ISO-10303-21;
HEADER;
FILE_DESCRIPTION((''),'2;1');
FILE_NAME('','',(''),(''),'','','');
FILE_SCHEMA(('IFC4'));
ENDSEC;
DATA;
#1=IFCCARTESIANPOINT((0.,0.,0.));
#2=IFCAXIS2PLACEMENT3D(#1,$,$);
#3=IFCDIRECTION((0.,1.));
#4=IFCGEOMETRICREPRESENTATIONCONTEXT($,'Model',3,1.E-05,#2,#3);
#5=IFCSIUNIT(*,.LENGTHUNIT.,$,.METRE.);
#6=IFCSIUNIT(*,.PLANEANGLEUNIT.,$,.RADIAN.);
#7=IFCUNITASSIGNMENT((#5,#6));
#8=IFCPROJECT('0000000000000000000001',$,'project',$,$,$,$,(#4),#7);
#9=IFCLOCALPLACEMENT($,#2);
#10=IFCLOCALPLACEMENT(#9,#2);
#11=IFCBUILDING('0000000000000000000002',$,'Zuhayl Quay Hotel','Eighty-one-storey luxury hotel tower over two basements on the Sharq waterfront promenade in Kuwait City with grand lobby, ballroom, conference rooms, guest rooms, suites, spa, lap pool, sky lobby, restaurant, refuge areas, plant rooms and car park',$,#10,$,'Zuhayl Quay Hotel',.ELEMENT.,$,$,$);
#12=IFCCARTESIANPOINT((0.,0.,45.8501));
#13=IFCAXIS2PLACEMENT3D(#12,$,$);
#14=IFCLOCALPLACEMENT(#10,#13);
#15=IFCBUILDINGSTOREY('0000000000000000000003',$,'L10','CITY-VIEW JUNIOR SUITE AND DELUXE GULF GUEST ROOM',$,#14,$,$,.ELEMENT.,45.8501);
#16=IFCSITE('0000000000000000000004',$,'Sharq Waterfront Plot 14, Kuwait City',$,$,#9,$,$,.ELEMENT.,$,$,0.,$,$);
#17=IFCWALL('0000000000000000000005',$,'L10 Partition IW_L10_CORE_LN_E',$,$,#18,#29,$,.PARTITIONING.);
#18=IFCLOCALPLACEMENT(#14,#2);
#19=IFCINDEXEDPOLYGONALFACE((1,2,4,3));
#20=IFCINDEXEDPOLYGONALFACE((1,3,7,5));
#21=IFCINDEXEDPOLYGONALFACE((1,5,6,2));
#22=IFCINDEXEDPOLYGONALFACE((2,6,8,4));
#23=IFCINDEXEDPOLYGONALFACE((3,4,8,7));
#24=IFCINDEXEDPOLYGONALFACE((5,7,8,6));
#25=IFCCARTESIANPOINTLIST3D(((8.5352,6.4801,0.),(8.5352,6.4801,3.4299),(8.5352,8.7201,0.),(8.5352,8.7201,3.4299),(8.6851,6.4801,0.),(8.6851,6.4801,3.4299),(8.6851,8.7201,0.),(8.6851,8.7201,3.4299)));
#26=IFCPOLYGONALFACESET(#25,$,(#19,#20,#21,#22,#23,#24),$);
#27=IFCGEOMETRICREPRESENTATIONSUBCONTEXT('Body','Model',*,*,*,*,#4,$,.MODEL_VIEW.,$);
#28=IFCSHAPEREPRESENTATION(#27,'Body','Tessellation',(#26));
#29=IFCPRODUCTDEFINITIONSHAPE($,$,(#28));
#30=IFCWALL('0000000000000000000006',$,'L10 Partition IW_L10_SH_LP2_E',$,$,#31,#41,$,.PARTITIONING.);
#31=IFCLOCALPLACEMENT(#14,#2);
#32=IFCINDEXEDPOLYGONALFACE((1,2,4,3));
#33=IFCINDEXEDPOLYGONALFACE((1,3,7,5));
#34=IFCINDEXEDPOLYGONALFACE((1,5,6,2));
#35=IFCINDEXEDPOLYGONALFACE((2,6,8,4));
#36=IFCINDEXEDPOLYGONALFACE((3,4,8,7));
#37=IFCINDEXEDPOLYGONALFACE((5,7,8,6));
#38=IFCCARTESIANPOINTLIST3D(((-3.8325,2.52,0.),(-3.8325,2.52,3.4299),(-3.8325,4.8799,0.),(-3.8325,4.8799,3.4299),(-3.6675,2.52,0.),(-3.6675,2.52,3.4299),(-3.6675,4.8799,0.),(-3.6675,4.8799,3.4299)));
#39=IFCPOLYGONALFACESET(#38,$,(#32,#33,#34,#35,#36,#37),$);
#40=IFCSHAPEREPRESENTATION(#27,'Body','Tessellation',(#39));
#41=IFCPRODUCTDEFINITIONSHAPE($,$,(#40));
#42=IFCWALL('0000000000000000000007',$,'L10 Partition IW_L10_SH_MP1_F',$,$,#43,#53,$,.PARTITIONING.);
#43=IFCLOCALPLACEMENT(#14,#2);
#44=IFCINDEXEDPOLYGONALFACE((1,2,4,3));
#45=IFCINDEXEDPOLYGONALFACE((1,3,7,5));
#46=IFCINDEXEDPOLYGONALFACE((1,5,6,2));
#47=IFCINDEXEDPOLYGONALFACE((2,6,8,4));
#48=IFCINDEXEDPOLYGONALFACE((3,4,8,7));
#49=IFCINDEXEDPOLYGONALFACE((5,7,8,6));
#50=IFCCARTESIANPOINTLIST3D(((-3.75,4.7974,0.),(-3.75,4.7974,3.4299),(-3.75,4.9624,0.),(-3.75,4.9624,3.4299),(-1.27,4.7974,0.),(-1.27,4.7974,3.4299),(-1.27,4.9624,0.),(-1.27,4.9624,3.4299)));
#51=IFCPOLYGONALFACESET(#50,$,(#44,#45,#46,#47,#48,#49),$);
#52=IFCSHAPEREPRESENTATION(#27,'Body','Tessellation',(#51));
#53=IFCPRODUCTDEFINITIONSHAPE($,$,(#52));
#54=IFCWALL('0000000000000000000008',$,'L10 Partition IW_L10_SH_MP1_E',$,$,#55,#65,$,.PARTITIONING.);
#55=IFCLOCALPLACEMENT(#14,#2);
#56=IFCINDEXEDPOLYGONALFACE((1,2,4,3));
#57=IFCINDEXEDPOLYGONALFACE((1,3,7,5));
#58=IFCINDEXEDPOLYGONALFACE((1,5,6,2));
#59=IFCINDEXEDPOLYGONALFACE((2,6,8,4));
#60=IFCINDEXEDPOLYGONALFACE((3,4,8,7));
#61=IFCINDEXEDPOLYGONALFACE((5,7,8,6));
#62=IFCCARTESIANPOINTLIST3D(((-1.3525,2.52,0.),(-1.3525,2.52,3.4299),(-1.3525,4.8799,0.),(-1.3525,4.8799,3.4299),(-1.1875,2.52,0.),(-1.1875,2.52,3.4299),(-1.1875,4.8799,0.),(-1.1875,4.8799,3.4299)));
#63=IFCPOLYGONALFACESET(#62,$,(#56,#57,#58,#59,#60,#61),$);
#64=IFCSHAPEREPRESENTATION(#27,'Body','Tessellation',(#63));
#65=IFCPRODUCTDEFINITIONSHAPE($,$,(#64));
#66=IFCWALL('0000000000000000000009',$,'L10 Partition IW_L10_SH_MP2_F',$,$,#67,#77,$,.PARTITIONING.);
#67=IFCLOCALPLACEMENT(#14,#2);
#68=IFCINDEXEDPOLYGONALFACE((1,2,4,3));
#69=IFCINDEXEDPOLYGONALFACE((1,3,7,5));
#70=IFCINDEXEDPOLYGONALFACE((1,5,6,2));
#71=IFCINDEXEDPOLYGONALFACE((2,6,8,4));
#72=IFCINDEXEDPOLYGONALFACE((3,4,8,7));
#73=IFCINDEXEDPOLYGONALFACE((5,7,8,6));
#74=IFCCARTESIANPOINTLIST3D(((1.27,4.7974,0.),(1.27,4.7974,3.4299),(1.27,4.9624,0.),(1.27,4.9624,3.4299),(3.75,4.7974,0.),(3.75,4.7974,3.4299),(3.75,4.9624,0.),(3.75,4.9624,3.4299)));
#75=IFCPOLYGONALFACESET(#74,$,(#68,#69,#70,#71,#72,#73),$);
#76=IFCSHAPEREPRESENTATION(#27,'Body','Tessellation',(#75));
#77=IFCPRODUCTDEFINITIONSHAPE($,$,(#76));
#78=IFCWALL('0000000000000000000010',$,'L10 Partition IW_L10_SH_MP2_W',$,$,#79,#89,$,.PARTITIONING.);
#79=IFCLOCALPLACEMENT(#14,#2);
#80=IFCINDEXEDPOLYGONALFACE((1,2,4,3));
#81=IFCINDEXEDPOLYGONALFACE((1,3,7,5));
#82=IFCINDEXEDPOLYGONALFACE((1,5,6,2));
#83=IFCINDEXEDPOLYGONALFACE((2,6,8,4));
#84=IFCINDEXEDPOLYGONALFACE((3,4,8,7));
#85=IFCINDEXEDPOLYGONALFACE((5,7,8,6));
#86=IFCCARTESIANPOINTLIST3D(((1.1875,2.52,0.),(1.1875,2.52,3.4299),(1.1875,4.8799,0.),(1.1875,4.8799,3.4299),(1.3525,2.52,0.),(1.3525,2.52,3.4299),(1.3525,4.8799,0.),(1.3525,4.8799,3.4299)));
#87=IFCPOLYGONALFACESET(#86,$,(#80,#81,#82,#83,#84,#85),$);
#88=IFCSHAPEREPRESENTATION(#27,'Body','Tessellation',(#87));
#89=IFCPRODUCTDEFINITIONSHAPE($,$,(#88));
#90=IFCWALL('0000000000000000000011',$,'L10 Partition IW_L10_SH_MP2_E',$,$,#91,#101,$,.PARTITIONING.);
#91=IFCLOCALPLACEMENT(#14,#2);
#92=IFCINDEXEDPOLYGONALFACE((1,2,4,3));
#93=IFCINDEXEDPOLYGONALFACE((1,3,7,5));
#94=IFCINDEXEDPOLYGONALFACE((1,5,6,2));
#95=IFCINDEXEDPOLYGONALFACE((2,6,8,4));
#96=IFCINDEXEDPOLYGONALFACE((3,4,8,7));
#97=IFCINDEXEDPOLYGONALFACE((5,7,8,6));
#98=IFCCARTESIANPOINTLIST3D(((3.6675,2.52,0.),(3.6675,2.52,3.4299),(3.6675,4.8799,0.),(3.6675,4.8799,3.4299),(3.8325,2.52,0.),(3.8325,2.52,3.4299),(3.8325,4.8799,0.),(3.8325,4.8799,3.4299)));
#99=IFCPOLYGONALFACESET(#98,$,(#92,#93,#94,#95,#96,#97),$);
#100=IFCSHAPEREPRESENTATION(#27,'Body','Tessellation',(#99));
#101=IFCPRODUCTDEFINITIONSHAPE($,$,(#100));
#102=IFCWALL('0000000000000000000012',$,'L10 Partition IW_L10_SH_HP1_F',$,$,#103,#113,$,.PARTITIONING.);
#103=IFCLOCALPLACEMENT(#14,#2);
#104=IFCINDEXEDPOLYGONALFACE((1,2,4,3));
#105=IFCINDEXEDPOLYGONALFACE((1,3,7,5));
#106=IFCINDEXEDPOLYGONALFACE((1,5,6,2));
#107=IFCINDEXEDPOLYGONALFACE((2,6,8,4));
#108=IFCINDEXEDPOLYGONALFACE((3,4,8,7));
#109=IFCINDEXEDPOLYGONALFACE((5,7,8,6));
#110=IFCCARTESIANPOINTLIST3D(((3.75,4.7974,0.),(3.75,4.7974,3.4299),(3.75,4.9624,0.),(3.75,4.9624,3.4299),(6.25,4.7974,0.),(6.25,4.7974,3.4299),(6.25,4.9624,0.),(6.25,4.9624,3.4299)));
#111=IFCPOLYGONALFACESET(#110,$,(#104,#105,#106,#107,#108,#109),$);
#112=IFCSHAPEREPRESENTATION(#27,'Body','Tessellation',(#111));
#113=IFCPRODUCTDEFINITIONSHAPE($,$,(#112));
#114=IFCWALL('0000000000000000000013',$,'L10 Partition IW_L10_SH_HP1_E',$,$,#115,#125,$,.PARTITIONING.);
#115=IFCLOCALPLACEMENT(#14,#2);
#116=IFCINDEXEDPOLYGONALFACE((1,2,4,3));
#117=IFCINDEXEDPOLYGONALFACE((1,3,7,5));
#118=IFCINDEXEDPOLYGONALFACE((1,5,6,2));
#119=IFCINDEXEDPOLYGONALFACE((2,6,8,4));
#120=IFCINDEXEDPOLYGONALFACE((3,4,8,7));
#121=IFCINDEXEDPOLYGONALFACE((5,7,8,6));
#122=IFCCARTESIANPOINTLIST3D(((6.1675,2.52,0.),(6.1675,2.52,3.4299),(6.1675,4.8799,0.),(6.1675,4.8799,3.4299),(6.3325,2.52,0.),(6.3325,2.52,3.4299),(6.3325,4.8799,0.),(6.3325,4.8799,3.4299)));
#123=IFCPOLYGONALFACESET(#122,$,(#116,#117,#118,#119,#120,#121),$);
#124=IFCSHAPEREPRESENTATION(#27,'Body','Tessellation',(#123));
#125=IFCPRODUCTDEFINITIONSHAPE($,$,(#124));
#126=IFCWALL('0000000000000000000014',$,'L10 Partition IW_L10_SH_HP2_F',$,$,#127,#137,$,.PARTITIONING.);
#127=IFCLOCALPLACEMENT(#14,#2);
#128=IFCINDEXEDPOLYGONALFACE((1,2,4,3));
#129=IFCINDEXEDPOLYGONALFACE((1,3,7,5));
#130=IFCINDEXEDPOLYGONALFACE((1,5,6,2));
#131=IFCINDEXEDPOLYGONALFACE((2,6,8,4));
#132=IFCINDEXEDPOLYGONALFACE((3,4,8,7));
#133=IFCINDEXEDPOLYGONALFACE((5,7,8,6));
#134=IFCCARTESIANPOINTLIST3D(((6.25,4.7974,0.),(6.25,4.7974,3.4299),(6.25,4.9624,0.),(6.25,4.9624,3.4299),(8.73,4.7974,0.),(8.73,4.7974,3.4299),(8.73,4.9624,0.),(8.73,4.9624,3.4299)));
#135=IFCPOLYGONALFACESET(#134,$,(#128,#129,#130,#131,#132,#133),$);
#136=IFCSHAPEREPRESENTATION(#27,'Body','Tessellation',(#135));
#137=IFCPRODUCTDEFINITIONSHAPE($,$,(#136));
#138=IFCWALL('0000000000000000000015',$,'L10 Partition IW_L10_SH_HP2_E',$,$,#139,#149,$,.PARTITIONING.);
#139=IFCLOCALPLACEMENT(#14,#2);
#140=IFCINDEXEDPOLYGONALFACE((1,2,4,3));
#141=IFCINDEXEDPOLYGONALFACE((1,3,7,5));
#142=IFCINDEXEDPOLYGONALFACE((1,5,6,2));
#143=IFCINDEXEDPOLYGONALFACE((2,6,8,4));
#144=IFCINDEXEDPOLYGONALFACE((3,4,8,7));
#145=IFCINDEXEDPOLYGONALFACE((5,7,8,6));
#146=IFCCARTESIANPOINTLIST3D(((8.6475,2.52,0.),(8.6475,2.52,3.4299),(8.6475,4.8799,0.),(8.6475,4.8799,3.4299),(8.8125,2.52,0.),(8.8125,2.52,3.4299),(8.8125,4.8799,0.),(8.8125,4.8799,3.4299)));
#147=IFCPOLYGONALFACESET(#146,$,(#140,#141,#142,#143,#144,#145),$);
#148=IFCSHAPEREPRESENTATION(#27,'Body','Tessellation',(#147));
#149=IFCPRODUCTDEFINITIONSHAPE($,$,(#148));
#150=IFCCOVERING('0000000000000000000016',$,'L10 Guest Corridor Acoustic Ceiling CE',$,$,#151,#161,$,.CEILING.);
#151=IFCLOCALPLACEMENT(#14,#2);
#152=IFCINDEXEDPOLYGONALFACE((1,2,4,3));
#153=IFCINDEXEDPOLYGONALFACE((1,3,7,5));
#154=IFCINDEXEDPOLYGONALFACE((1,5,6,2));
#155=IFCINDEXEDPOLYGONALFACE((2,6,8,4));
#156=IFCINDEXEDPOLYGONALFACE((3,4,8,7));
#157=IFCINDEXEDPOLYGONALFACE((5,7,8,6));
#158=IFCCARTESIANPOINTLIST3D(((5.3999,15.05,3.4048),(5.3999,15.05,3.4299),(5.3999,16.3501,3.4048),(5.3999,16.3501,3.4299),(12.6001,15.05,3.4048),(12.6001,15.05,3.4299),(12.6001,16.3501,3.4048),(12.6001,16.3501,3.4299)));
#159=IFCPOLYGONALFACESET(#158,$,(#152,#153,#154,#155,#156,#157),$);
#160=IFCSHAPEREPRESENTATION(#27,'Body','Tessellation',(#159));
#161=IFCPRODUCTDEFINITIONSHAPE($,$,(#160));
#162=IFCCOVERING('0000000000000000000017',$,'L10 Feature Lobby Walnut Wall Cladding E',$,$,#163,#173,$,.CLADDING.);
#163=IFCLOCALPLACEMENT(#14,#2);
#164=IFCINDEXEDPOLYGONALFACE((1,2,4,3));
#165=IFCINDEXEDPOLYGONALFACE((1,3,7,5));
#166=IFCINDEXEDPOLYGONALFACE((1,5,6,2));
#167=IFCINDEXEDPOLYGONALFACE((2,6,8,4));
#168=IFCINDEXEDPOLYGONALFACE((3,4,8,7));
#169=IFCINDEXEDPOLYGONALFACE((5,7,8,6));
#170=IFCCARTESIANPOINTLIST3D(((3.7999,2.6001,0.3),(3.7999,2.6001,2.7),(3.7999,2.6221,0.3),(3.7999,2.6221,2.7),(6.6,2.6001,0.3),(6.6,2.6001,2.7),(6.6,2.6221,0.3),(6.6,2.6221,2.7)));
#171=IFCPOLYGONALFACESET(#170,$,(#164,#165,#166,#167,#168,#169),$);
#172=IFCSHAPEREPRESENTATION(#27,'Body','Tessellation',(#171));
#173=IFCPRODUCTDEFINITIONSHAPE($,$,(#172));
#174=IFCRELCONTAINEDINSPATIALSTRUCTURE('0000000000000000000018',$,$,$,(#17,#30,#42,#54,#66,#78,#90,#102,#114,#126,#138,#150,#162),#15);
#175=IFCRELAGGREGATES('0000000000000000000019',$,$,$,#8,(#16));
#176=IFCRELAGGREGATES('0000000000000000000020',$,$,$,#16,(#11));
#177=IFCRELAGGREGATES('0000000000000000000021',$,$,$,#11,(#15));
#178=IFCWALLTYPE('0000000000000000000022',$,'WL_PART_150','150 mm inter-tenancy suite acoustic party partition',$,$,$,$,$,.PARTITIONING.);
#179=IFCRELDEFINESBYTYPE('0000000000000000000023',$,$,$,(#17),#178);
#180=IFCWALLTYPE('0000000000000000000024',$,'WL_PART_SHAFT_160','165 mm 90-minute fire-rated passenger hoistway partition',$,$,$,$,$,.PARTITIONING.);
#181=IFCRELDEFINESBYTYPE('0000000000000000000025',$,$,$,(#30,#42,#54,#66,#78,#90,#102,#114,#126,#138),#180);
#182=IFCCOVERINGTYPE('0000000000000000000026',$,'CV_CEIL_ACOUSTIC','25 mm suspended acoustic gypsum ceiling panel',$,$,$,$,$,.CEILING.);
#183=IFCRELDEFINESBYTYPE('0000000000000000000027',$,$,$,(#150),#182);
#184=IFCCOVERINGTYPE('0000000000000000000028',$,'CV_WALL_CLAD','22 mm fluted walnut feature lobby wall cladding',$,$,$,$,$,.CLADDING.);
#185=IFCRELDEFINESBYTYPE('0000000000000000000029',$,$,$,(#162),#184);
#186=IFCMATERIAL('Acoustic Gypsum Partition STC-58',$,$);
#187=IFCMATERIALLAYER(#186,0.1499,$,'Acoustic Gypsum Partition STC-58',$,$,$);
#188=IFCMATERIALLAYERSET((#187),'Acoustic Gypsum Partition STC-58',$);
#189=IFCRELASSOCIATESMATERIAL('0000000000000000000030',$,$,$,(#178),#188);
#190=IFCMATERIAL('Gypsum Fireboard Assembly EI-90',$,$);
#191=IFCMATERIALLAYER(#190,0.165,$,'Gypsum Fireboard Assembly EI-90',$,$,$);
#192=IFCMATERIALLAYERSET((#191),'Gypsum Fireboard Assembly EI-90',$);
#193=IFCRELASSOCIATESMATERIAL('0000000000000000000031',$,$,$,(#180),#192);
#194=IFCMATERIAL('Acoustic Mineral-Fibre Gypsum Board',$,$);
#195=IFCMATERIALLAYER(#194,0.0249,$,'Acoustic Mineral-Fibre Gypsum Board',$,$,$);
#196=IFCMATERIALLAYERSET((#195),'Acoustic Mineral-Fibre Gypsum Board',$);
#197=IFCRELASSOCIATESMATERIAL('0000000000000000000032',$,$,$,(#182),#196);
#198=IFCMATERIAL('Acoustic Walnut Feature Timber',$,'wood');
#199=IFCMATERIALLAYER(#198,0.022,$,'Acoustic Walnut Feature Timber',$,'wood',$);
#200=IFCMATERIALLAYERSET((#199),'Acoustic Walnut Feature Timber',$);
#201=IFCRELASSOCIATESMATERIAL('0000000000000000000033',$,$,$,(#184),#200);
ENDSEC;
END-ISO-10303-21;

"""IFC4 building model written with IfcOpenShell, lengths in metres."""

from ifc_helpers import new_model, si_unit, direction, frame, frame_2d, origin, origin_2d, place, context, subcontext, project, spatial, polyline, rectangle, outline, extrude, material, layer, layer_set, type_object, element, save


model = new_model("IFC4")

# Units and contexts
model_context = context("Model", 3, precision=1e-05, world=origin(), true_north=direction((0.0, 1.0)))
body_context = subcontext(model_context, "Body", "Model", "MODEL_VIEW")
ifc_project = project(units=[si_unit("LENGTHUNIT", "METRE"), si_unit("PLANEANGLEUNIT", "RADIAN")], contexts=[model_context])

# Site, building, storey
site_placement = place(None, origin())
site = spatial("IfcSite", under=ifc_project, at=site_placement, Name="Sharq Waterfront Plot 14, Kuwait City", CompositionType="ELEMENT", RefElevation=0.0)
building_placement = place(site_placement, origin())
building = spatial("IfcBuilding", under=site, at=building_placement, Name="Zuhayl Quay Hotel", Description="Eighty-one-storey luxury hotel tower over two basements on the Sharq waterfront promenade in Kuwait City with grand lobby, ballroom, conference rooms, guest rooms, suites, spa, lap pool, sky lobby, restaurant, refuge areas, plant rooms and car park", LongName="Zuhayl Quay Hotel", CompositionType="ELEMENT")
storey_placement = place(building_placement, frame((0.0, 0.0, 45.8501)))
storey = spatial("IfcBuildingStorey", under=building, at=storey_placement, Name="L10", Description="CITY-VIEW JUNIOR SUITE AND DELUXE GULF GUEST ROOM", CompositionType="ELEMENT", Elevation=45.8501)

# Shared definitions
ifc_material_1 = material(Name="Acoustic Gypsum Partition STC-58")
ifc_layer_1 = layer(ifc_material_1, 0.1499, Name="Acoustic Gypsum Partition STC-58")
ifc_layer_set_1 = layer_set([ifc_layer_1], Name="Acoustic Gypsum Partition STC-58")
wall_type_1 = type_object("IfcWallType", Name="WL_PART_150", Description="150 mm inter-tenancy suite acoustic party partition", PredefinedType="PARTITIONING", material=ifc_layer_set_1)

# Walls
wall_1_placement = place(storey_placement, frame((8.6101, 6.48, 0.0), z_axis=(0.0, 0.0, 1.0), x_axis=(0.0, 1.0, 0.0)))
element("IfcWall", 1, at=wall_1_placement, inside=storey, type_object=wall_type_1, Name="L10 Partition IW_L10_CORE_LN_E", PredefinedType="PARTITIONING", context=body_context, shape_type="SweptSolid", body=[
    extrude(rectangle(XDim=2.24, YDim=0.1499, at=frame_2d((1.1201, 0.0))), origin(), (0.0, 0.0, 1.0), 3.4299),
])
ifc_material_2 = material(Name="Gypsum Fireboard Assembly EI-90")
ifc_layer_2 = layer(ifc_material_2, 0.165, Name="Gypsum Fireboard Assembly EI-90")
ifc_layer_set_2 = layer_set([ifc_layer_2], Name="Gypsum Fireboard Assembly EI-90")
wall_type_2 = type_object("IfcWallType", Name="WL_PART_SHAFT_160", Description="165 mm 90-minute fire-rated passenger hoistway partition", PredefinedType="PARTITIONING", material=ifc_layer_set_2)
wall_2_placement = place(storey_placement, frame((-3.75, 2.52, 0.0), z_axis=(0.0, 0.0, 1.0), x_axis=(0.0, 1.0, 0.0)))
element("IfcWall", 2, at=wall_2_placement, inside=storey, type_object=wall_type_2, Name="L10 Partition IW_L10_SH_LP2_E", PredefinedType="PARTITIONING", context=body_context, shape_type="SweptSolid", body=[
    extrude(rectangle(XDim=2.3599, YDim=0.165, at=frame_2d((1.1799, 0.0))), origin(), (0.0, 0.0, 1.0), 3.4299),
])
wall_3_placement = place(storey_placement, frame((-3.75, 4.8799, 0.0), z_axis=(0.0, 0.0, 1.0), x_axis=(1.0, 0.0, 0.0)))
element("IfcWall", 3, at=wall_3_placement, inside=storey, type_object=wall_type_2, Name="L10 Partition IW_L10_SH_MP1_F", PredefinedType="PARTITIONING", context=body_context, shape_type="SweptSolid", body=[
    extrude(rectangle(XDim=2.48, YDim=0.165, at=frame_2d((1.24, 0.0))), origin(), (0.0, 0.0, 1.0), 3.4299),
])
wall_4_placement = place(storey_placement, frame((-1.27, 2.52, 0.0), z_axis=(0.0, 0.0, 1.0), x_axis=(0.0, 1.0, 0.0)))
element("IfcWall", 4, at=wall_4_placement, inside=storey, type_object=wall_type_2, Name="L10 Partition IW_L10_SH_MP1_E", PredefinedType="PARTITIONING", context=body_context, shape_type="SweptSolid", body=[
    extrude(rectangle(XDim=2.3599, YDim=0.165, at=frame_2d((1.1799, 0.0))), origin(), (0.0, 0.0, 1.0), 3.4299),
])
wall_5_placement = place(storey_placement, frame((1.27, 4.8799, 0.0), z_axis=(0.0, 0.0, 1.0), x_axis=(1.0, 0.0, 0.0)))
element("IfcWall", 5, at=wall_5_placement, inside=storey, type_object=wall_type_2, Name="L10 Partition IW_L10_SH_MP2_F", PredefinedType="PARTITIONING", context=body_context, shape_type="SweptSolid", body=[
    extrude(rectangle(XDim=2.48, YDim=0.165, at=frame_2d((1.24, 0.0))), origin(), (0.0, 0.0, 1.0), 3.4299),
])
for number, where, z_axis, x_axis, name in (
    (6, (1.27, 2.52, 0.0), (0.0, 0.0, 1.0), (0.0, 1.0, 0.0), "L10 Partition IW_L10_SH_MP2_W"),
    (7, (3.75, 2.52, 0.0), (0.0, 0.0, 1.0), (0.0, 1.0, 0.0), "L10 Partition IW_L10_SH_MP2_E"),
):
    element("IfcWall", number, at=place(storey_placement, frame(where, z_axis=z_axis, x_axis=x_axis)), inside=storey, type_object=wall_type_2, Name=name, PredefinedType="PARTITIONING", context=body_context, shape_type="SweptSolid", body=[
        extrude(rectangle(XDim=2.3599, YDim=0.165, at=frame_2d((1.1799, 0.0))), origin(), (0.0, 0.0, 1.0), 3.4299),
    ])
wall_6_placement = place(storey_placement, frame((3.75, 4.8799, 0.0), z_axis=(0.0, 0.0, 1.0), x_axis=(1.0, 0.0, 0.0)))
element("IfcWall", 8, at=wall_6_placement, inside=storey, type_object=wall_type_2, Name="L10 Partition IW_L10_SH_HP1_F", PredefinedType="PARTITIONING", context=body_context, shape_type="SweptSolid", body=[
    extrude(rectangle(XDim=2.5, YDim=0.165, at=frame_2d((1.25, 0.0))), origin(), (0.0, 0.0, 1.0), 3.4299),
])
wall_7_placement = place(storey_placement, frame((6.25, 2.52, 0.0), z_axis=(0.0, 0.0, 1.0), x_axis=(0.0, 1.0, 0.0)))
element("IfcWall", 9, at=wall_7_placement, inside=storey, type_object=wall_type_2, Name="L10 Partition IW_L10_SH_HP1_E", PredefinedType="PARTITIONING", context=body_context, shape_type="SweptSolid", body=[
    extrude(rectangle(XDim=2.3599, YDim=0.165, at=frame_2d((1.1799, 0.0))), origin(), (0.0, 0.0, 1.0), 3.4299),
])
wall_8_placement = place(storey_placement, frame((6.25, 4.8799, 0.0), z_axis=(0.0, 0.0, 1.0), x_axis=(1.0, 0.0, 0.0)))
element("IfcWall", 10, at=wall_8_placement, inside=storey, type_object=wall_type_2, Name="L10 Partition IW_L10_SH_HP2_F", PredefinedType="PARTITIONING", context=body_context, shape_type="SweptSolid", body=[
    extrude(rectangle(XDim=2.48, YDim=0.165, at=frame_2d((1.24, 0.0))), origin(), (0.0, 0.0, 1.0), 3.4299),
])
wall_9_placement = place(storey_placement, frame((8.73, 2.52, 0.0), z_axis=(0.0, 0.0, 1.0), x_axis=(0.0, 1.0, 0.0)))
element("IfcWall", 11, at=wall_9_placement, inside=storey, type_object=wall_type_2, Name="L10 Partition IW_L10_SH_HP2_E", PredefinedType="PARTITIONING", context=body_context, shape_type="SweptSolid", body=[
    extrude(rectangle(XDim=2.3599, YDim=0.165, at=frame_2d((1.1799, 0.0))), origin(), (0.0, 0.0, 1.0), 3.4299),
])

# Coverings
ifc_material_3 = material(Name="Acoustic Mineral-Fibre Gypsum Board")
ifc_layer_3 = layer(ifc_material_3, 0.0249, Name="Acoustic Mineral-Fibre Gypsum Board")
ifc_layer_set_3 = layer_set([ifc_layer_3], Name="Acoustic Mineral-Fibre Gypsum Board")
covering_type_1 = type_object("IfcCoveringType", Name="CV_CEIL_ACOUSTIC", Description="25 mm suspended acoustic gypsum ceiling panel", PredefinedType="CEILING", material=ifc_layer_set_3)
covering_1_placement = place(storey_placement, frame((0.0, 0.0, 3.4048)))
element("IfcCovering", 12, at=covering_1_placement, inside=storey, type_object=covering_type_1, Name="L10 Guest Corridor Acoustic Ceiling CE", PredefinedType="CEILING", context=body_context, shape_type="SweptSolid", body=[
    extrude(outline(polyline([(5.3999, 15.05), (12.6001, 15.05), (12.6001, 16.3501), (5.3999, 16.3501), (5.3999, 15.05)])), origin(), (0.0, 0.0, 1.0), 0.0251),
])
ifc_material_4 = material(Name="Acoustic Walnut Feature Timber", Category="wood")
ifc_layer_4 = layer(ifc_material_4, 0.022, Name="Acoustic Walnut Feature Timber", Category="wood")
ifc_layer_set_4 = layer_set([ifc_layer_4], Name="Acoustic Walnut Feature Timber")
covering_type_2 = type_object("IfcCoveringType", Name="CV_WALL_CLAD", Description="22 mm fluted walnut feature lobby wall cladding", PredefinedType="CLADDING", material=ifc_layer_set_4)
covering_2_placement = place(storey_placement, frame((5.2, 2.6111, 0.3), z_axis=(0.0, 0.0, 1.0), x_axis=(1.0, 0.0, 0.0)))
element("IfcCovering", 13, at=covering_2_placement, inside=storey, type_object=covering_type_2, Name="L10 Feature Lobby Walnut Wall Cladding E", PredefinedType="CLADDING", context=body_context, shape_type="SweptSolid", body=[
    extrude(rectangle(XDim=2.8, YDim=0.022, at=origin_2d()), origin(), (0.0, 0.0, 1.0), 2.3999),
])

save(model, "model.ifc")
